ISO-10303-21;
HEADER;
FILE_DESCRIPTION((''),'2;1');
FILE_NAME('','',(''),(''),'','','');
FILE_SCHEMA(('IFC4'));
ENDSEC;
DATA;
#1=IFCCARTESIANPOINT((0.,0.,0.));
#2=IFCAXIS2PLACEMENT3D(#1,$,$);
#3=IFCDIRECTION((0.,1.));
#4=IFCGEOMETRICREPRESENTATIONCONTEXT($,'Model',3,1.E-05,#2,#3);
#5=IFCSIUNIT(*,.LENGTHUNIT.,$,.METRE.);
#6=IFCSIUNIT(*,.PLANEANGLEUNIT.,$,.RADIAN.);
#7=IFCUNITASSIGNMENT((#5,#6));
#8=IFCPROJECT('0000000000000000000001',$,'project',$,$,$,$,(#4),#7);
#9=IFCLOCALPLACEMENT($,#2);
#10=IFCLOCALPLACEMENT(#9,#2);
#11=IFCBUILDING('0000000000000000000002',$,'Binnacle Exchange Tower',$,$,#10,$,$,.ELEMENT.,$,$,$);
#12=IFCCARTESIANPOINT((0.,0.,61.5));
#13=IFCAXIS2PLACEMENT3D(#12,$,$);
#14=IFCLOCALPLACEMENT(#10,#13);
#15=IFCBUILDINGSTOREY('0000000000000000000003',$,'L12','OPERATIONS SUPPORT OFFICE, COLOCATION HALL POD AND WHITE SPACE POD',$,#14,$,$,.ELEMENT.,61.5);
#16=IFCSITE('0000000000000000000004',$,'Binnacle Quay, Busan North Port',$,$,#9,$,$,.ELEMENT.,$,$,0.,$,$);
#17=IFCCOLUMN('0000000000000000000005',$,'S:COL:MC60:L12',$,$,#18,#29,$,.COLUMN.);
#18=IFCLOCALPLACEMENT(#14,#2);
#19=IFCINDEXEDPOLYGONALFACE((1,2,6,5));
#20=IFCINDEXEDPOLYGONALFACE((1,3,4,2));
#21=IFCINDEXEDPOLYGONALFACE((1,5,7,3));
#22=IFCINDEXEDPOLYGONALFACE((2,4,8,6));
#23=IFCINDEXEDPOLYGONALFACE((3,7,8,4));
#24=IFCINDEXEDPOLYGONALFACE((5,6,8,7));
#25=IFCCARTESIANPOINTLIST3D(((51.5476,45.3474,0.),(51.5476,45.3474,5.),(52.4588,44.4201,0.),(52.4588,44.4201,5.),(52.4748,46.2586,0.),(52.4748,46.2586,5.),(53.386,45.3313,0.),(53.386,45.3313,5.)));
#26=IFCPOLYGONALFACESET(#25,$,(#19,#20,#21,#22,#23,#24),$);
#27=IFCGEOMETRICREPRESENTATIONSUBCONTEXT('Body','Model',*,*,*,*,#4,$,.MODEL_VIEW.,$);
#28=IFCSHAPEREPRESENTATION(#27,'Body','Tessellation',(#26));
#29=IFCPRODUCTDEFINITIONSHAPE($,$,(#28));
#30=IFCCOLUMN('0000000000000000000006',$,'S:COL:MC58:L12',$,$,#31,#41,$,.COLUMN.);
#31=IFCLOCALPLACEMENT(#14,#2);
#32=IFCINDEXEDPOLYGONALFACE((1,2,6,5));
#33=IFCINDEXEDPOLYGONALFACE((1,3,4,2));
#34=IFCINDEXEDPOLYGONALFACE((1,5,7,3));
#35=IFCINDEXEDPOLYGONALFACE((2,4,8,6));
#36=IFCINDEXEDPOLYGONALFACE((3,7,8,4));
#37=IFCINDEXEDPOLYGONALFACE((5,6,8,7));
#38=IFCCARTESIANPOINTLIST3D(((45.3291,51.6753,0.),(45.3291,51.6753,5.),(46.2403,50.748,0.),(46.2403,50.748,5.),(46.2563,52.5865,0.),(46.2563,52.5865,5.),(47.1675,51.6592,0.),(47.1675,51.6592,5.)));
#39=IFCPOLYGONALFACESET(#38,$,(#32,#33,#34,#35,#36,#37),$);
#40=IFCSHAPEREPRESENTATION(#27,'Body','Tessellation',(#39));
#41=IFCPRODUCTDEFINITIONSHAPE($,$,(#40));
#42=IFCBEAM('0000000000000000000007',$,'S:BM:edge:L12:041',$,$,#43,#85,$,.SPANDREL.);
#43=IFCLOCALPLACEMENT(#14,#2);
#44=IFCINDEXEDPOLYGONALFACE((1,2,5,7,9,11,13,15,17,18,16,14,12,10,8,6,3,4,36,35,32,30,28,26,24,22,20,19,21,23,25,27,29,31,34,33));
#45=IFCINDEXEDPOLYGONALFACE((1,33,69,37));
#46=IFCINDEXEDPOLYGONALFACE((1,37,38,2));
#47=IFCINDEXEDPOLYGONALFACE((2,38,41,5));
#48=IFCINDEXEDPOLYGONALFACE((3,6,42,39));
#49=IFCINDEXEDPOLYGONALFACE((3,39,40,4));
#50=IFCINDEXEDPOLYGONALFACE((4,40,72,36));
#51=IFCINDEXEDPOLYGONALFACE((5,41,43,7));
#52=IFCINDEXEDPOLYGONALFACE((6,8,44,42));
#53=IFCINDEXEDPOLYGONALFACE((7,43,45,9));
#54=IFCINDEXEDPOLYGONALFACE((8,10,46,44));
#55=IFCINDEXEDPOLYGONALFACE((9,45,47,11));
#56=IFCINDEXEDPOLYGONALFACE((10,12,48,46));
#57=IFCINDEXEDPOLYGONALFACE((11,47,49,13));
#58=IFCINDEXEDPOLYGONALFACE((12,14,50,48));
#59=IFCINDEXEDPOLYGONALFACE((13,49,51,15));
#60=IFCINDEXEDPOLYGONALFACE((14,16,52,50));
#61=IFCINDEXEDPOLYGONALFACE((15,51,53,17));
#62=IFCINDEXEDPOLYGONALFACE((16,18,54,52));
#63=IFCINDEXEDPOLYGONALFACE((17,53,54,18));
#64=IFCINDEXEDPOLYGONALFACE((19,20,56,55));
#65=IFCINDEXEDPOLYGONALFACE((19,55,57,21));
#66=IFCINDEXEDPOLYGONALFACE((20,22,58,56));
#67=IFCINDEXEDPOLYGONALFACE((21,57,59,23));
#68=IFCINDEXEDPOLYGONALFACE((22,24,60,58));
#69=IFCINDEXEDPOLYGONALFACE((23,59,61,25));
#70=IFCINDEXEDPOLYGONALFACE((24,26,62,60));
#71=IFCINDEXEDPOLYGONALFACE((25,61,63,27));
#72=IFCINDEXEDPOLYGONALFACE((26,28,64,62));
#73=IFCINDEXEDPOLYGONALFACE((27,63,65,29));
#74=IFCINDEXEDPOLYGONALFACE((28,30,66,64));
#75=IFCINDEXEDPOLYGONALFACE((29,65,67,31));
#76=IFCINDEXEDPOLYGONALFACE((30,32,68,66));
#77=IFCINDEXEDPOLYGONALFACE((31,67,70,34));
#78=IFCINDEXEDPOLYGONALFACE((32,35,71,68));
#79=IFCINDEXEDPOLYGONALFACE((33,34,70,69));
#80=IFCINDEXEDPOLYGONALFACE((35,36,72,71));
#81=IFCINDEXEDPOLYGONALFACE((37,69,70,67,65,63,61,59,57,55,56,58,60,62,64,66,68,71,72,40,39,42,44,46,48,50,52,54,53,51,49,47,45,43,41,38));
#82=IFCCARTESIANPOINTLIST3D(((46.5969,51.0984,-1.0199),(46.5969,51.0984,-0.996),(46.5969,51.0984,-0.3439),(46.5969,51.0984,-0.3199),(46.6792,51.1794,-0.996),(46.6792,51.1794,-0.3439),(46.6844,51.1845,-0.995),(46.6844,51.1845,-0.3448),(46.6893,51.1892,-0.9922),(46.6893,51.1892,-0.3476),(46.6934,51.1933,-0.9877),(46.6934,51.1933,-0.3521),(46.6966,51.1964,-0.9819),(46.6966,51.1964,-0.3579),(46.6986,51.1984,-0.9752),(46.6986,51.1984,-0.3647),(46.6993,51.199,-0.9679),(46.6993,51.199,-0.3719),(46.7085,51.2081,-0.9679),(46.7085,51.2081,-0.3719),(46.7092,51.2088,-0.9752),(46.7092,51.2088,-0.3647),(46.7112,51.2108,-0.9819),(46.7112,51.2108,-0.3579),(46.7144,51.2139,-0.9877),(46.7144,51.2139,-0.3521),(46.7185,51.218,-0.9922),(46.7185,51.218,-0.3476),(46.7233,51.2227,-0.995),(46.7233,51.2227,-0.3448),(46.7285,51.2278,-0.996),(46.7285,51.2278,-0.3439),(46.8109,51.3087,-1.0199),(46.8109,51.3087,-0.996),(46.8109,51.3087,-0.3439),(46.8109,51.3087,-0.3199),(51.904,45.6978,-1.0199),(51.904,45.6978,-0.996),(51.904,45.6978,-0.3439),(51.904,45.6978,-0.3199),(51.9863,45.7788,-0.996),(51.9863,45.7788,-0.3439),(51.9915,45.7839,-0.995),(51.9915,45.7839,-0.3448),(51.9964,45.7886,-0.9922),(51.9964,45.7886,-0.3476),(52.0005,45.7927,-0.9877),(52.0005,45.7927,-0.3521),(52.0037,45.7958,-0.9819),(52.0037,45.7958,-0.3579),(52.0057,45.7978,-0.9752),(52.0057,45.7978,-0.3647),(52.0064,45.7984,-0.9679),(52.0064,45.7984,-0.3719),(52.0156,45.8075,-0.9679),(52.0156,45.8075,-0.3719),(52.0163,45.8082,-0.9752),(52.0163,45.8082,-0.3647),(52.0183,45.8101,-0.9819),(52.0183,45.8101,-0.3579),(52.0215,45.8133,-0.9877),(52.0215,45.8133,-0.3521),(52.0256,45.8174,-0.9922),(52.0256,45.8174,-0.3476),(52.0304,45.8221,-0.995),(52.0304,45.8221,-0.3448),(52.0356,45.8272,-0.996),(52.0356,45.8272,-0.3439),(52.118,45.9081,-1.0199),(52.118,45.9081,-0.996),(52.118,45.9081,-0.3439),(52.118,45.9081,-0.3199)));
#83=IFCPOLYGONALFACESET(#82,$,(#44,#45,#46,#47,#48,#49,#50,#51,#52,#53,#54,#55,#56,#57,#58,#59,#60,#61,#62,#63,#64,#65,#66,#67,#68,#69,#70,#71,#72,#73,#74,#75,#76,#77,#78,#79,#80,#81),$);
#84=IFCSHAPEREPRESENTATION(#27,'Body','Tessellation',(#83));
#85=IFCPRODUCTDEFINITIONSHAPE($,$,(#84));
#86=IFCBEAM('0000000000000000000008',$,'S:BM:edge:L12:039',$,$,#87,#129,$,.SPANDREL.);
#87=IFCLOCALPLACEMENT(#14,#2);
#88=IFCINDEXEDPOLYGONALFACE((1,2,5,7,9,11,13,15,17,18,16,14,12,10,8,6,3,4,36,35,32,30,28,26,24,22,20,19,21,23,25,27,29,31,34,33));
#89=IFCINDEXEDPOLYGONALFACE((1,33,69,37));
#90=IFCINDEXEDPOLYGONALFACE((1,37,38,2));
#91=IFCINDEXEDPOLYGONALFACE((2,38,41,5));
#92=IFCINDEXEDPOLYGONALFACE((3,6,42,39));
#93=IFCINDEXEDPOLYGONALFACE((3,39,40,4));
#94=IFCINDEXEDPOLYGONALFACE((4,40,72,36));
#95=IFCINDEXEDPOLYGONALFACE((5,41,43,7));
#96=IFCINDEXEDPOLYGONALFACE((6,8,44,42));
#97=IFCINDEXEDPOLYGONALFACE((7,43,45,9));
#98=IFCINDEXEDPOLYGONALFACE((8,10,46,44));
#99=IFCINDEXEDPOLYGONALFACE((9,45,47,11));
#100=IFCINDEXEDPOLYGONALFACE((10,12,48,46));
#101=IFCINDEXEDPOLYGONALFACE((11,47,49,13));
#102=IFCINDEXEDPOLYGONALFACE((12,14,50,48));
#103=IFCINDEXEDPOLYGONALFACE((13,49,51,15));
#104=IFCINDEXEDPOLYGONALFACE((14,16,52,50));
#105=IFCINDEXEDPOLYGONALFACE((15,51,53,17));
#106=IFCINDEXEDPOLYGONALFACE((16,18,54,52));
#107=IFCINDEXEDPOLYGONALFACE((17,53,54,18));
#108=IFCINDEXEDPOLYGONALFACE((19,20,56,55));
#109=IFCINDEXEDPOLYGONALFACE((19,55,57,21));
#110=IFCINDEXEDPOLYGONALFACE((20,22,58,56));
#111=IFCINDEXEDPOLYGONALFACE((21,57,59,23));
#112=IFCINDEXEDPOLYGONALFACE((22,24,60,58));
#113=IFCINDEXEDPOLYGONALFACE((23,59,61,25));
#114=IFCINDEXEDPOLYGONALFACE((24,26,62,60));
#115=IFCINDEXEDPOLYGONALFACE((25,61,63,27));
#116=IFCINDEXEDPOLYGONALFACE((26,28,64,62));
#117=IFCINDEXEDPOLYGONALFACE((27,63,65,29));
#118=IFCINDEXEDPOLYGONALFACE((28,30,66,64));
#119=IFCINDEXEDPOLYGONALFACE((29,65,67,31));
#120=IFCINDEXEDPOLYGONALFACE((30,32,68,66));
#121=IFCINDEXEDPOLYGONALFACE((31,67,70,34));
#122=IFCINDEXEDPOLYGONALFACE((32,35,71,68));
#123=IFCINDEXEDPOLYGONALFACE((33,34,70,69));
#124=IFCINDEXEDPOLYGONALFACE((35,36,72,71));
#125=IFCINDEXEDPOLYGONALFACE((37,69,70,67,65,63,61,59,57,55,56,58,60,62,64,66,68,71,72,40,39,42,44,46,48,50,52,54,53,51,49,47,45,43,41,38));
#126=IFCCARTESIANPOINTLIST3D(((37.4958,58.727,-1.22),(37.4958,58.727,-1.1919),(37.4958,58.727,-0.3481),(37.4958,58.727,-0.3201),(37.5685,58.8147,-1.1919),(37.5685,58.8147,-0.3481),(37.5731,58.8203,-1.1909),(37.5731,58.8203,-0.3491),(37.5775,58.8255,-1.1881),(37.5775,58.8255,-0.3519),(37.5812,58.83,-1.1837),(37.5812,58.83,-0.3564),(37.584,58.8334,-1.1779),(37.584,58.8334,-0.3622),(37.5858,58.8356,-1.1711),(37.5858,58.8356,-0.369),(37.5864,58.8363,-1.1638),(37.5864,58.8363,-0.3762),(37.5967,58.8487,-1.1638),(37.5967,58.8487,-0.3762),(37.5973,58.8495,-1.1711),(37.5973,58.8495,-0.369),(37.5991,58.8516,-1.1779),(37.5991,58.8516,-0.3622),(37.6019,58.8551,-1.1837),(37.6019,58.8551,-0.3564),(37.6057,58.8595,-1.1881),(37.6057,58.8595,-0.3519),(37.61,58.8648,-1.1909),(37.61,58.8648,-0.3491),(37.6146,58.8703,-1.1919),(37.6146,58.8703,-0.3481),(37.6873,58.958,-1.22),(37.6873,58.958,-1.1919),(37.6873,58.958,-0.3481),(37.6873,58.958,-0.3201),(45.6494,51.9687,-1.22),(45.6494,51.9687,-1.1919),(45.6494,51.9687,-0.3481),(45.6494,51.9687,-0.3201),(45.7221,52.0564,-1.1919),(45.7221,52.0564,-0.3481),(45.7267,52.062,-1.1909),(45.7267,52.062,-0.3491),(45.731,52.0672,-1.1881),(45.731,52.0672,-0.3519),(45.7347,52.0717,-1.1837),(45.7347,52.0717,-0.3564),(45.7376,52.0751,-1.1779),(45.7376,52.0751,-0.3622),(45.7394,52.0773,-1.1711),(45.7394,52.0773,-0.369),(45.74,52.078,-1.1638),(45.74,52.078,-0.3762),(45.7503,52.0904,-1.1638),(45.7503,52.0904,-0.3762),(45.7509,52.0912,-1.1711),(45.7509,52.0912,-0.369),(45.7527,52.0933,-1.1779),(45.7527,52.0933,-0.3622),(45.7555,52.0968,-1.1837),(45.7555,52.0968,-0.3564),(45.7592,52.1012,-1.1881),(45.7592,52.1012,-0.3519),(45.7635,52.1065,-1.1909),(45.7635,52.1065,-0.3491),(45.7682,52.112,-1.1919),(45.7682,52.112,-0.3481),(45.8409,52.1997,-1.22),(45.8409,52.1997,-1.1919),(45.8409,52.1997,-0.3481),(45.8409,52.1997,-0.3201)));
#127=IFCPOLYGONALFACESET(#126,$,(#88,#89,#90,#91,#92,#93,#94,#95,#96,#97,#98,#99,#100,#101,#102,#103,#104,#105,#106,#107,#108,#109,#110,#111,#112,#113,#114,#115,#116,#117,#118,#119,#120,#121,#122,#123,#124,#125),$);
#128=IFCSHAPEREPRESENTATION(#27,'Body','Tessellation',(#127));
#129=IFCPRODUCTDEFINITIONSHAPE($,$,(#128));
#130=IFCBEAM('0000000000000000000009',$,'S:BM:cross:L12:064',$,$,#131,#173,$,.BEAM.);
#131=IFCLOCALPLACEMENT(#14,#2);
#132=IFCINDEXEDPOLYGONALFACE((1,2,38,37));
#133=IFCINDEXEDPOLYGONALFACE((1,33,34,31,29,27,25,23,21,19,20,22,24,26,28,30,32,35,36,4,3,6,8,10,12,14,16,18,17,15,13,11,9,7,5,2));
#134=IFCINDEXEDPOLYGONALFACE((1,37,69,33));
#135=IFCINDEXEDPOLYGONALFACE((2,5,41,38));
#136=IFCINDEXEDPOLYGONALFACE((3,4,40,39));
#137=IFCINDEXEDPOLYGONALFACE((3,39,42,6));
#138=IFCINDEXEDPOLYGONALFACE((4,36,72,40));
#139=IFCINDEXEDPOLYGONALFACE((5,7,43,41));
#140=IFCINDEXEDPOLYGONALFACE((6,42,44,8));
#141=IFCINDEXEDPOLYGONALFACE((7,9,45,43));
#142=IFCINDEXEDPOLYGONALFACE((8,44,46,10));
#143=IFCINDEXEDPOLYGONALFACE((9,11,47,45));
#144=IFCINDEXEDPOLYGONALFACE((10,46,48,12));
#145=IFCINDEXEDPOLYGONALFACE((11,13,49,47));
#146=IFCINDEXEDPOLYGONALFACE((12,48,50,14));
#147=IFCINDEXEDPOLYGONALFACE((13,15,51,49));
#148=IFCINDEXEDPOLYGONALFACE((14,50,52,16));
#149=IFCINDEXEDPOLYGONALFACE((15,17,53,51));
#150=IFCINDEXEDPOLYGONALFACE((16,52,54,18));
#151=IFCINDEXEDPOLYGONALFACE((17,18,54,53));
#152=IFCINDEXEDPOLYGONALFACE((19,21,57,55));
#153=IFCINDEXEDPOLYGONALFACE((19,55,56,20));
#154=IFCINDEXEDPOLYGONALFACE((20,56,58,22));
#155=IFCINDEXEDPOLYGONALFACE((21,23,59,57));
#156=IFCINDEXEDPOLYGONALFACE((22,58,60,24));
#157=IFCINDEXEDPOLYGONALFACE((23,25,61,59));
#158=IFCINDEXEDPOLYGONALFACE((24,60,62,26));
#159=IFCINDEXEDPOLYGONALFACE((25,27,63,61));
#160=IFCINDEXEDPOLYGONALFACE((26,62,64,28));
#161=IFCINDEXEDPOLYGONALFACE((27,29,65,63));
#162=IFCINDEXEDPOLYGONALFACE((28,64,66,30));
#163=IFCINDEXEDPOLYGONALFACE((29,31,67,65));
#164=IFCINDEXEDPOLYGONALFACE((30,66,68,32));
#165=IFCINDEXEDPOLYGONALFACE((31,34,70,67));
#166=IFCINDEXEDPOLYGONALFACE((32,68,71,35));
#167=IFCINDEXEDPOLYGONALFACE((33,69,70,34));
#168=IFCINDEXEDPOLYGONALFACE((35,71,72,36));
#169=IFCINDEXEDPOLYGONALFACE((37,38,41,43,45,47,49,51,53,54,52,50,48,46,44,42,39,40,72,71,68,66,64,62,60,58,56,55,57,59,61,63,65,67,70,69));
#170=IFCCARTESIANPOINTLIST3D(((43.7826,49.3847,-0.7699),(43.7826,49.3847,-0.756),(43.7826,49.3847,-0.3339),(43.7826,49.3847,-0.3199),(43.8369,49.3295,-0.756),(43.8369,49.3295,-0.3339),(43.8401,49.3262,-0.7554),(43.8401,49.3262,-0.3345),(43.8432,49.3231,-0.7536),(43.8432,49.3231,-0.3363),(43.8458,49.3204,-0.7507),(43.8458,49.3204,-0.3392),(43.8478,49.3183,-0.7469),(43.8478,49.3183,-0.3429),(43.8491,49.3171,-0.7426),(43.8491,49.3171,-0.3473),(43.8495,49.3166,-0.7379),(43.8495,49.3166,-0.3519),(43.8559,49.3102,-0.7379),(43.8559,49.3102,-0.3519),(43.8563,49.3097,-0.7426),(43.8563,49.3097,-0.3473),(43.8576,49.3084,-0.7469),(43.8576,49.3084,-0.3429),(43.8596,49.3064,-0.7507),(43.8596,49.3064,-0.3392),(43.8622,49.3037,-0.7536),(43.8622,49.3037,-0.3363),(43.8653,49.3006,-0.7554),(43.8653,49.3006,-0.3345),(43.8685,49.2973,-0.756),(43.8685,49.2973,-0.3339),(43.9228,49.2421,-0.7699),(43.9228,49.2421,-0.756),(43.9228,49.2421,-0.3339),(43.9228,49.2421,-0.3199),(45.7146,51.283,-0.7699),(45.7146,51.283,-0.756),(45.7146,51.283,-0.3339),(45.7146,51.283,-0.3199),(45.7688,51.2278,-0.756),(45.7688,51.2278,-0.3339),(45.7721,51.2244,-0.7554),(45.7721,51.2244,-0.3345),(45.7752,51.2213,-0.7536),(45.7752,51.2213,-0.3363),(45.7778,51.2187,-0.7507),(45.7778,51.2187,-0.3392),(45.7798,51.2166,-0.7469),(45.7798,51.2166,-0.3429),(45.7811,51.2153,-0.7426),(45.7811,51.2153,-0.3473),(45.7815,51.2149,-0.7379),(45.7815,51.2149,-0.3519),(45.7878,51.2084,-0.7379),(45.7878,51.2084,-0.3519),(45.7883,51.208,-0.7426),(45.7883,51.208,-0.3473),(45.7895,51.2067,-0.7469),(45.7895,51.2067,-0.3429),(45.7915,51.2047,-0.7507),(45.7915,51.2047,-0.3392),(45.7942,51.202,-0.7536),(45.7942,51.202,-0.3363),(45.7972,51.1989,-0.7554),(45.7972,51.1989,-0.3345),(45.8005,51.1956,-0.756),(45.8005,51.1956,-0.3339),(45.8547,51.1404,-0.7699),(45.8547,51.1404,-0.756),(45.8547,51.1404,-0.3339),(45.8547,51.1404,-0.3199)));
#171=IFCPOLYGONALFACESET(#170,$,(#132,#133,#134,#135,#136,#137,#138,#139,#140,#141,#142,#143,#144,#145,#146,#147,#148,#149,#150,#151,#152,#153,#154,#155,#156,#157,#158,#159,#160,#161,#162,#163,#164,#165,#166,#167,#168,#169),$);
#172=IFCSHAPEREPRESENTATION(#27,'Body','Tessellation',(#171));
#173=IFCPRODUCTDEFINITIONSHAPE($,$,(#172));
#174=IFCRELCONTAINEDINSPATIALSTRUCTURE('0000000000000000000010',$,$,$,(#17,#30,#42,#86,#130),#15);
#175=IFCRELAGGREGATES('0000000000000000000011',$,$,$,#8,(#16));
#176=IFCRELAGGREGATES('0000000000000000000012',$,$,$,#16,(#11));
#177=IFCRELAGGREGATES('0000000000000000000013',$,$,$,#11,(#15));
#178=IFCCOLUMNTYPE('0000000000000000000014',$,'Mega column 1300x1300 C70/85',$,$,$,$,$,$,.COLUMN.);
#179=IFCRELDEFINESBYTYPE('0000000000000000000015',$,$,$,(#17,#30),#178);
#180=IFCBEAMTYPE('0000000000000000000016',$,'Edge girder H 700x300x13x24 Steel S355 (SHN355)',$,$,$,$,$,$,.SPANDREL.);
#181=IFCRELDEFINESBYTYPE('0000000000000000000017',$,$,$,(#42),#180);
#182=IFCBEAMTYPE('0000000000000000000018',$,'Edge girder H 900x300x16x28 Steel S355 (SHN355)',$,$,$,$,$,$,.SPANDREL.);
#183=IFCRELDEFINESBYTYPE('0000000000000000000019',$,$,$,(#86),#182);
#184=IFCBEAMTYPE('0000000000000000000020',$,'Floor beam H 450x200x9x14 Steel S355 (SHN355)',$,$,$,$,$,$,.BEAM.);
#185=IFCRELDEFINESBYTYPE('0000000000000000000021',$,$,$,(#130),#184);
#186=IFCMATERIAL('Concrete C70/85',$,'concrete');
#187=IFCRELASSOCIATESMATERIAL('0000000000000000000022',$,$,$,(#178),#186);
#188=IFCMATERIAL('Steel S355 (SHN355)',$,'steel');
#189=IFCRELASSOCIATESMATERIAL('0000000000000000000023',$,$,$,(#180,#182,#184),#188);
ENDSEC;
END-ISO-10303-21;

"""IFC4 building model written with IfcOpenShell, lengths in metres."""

from ifc_helpers import new_model, si_unit, direction, frame, origin, origin_2d, place, context, subcontext, project, spatial, rectangle, i_section, extrude, material, material_profile, profile_set, type_object, element, save


model = new_model("IFC4")

# Units and contexts
model_context = context("Model", 3, precision=1e-05, world=origin(), true_north=direction((0.0, 1.0)))
body_context = subcontext(model_context, "Body", "Model", "MODEL_VIEW")
ifc_project = project(units=[si_unit("LENGTHUNIT", "METRE"), si_unit("PLANEANGLEUNIT", "RADIAN")], contexts=[model_context])

# Site, building, storey
site_placement = place(None, origin())
site = spatial("IfcSite", under=ifc_project, at=site_placement, Name="Binnacle Quay, Busan North Port", CompositionType="ELEMENT", RefElevation=0.0)
building_placement = place(site_placement, origin())
building = spatial("IfcBuilding", under=site, at=building_placement, Name="Binnacle Exchange Tower", CompositionType="ELEMENT")
storey_placement = place(building_placement, frame((0.0, 0.0, 61.5)))
storey = spatial("IfcBuildingStorey", under=building, at=storey_placement, Name="L12", Description="OPERATIONS SUPPORT OFFICE, COLOCATION HALL POD AND WHITE SPACE POD", CompositionType="ELEMENT", Elevation=61.5)

# Columns
ifc_material_1 = material(Name="Concrete C70/85", Category="concrete")
ifc_material_profile_1 = material_profile(ifc_material_1, rectangle(XDim=1.3, YDim=1.3, at=origin_2d()), Name="Mega column 1300x1300 C70/85")
ifc_profile_set_1 = profile_set([ifc_material_profile_1], Name="Concrete C70/85")
column_type = type_object("IfcColumnType", Name="Mega column 1300x1300 C70/85", PredefinedType="COLUMN", material=ifc_profile_set_1)
for number, where, z_axis, x_axis, name in (
    (1, (52.4668, 45.3394, 0.0), (0.0, 0.0, 1.0), (-0.700909, 0.71325, 0.0), "S:COL:MC60:L12"),
    (2, (46.2483, 51.6672, 0.0), (0.0, 0.0, 1.0), (-0.700909, 0.71325, 0.0), "S:COL:MC58:L12"),
):
    element("IfcColumn", number, at=place(storey_placement, frame(where, z_axis=z_axis, x_axis=x_axis)), inside=storey, type_object=column_type, Name=name, PredefinedType="COLUMN", context=body_context, shape_type="SweptSolid", body=[
        extrude(rectangle(XDim=1.3, YDim=1.3, at=origin_2d()), origin(), (0.0, 0.0, 1.0), 5.0),
    ])

# Beams
ifc_material_2 = material(Name="Steel S355 (SHN355)", Category="steel")
ifc_material_profile_2 = material_profile(ifc_material_2, i_section(OverallWidth=0.3, OverallDepth=0.7, WebThickness=0.0129, FlangeThickness=0.0239, FilletRadius=0.0281, at=origin_2d()), Name="H 700x300x13x24")
ifc_profile_set_2 = profile_set([ifc_material_profile_2], Name="Steel S355 (SHN355)")
beam_type_1 = type_object("IfcBeamType", Name="Edge girder H 700x300x13x24 Steel S355 (SHN355)", PredefinedType="SPANDREL", material=ifc_profile_set_2)
beam_1_placement = place(storey_placement, frame((52.011, 45.803, -0.6699), z_axis=(-0.700905, 0.713254, 0.0), x_axis=(-0.713254, -0.700905, 0.0)))
element("IfcBeam", 3, at=beam_1_placement, inside=storey, type_object=beam_type_1, Name="S:BM:edge:L12:041", PredefinedType="SPANDREL", context=body_context, shape_type="SweptSolid", body=[
    extrude(i_section(OverallWidth=0.3, OverallDepth=0.7, WebThickness=0.0129, FlangeThickness=0.0239, FilletRadius=0.0281, at=origin_2d()), origin(), (0.0, 0.0, 1.0), 7.5718),
])
ifc_material_profile_3 = material_profile(ifc_material_2, i_section(OverallWidth=0.3, OverallDepth=0.8999, WebThickness=0.0161, FlangeThickness=0.0281, FilletRadius=0.0281, at=origin_2d()), Name="H 900x300x16x28")
ifc_profile_set_3 = profile_set([ifc_material_profile_3], Name="Steel S355 (SHN355)")
beam_type_2 = type_object("IfcBeamType", Name="Edge girder H 900x300x16x28 Steel S355 (SHN355)", PredefinedType="SPANDREL", material=ifc_profile_set_3)
beam_2_placement = place(storey_placement, frame((45.7451, 52.0842, -0.77), z_axis=(-0.769906, 0.638157, 0.0), x_axis=(-0.638157, -0.769906, 0.0)))
element("IfcBeam", 4, at=beam_2_placement, inside=storey, type_object=beam_type_2, Name="S:BM:edge:L12:039", PredefinedType="SPANDREL", context=body_context, shape_type="SweptSolid", body=[
    extrude(i_section(OverallWidth=0.3, OverallDepth=0.8999, WebThickness=0.0161, FlangeThickness=0.0281, FilletRadius=0.0281, at=origin_2d()), origin(), (0.0, 0.0, 1.0), 10.5903),
])
ifc_material_profile_4 = material_profile(ifc_material_2, i_section(OverallWidth=0.2, OverallDepth=0.45, WebThickness=0.009, FlangeThickness=0.0139, FilletRadius=0.0181, at=origin_2d()), Name="H 450x200x9x14")
ifc_profile_set_4 = profile_set([ifc_material_profile_4], Name="Steel S355 (SHN355)")
beam_type_3 = type_object("IfcBeamType", Name="Floor beam H 450x200x9x14 Steel S355 (SHN355)", PredefinedType="BEAM", material=ifc_profile_set_4)
for number, where, z_axis, x_axis, name in (
    (5, (45.7847, 51.2117, -0.5449), (-0.713299, -0.70086, 0.0), (0.70086, -0.713299, 0.0), "S:BM:cross:L12:064"),
):
    element("IfcBeam", number, at=place(storey_placement, frame(where, z_axis=z_axis, x_axis=x_axis)), inside=storey, type_object=beam_type_3, Name=name, PredefinedType="BEAM", context=body_context, shape_type="SweptSolid", body=[
        extrude(i_section(OverallWidth=0.2, OverallDepth=0.45, WebThickness=0.009, FlangeThickness=0.0139, FilletRadius=0.0181, at=origin_2d()), origin(), (0.0, 0.0, 1.0), 2.7085),
    ])

save(model, "model.ifc")
